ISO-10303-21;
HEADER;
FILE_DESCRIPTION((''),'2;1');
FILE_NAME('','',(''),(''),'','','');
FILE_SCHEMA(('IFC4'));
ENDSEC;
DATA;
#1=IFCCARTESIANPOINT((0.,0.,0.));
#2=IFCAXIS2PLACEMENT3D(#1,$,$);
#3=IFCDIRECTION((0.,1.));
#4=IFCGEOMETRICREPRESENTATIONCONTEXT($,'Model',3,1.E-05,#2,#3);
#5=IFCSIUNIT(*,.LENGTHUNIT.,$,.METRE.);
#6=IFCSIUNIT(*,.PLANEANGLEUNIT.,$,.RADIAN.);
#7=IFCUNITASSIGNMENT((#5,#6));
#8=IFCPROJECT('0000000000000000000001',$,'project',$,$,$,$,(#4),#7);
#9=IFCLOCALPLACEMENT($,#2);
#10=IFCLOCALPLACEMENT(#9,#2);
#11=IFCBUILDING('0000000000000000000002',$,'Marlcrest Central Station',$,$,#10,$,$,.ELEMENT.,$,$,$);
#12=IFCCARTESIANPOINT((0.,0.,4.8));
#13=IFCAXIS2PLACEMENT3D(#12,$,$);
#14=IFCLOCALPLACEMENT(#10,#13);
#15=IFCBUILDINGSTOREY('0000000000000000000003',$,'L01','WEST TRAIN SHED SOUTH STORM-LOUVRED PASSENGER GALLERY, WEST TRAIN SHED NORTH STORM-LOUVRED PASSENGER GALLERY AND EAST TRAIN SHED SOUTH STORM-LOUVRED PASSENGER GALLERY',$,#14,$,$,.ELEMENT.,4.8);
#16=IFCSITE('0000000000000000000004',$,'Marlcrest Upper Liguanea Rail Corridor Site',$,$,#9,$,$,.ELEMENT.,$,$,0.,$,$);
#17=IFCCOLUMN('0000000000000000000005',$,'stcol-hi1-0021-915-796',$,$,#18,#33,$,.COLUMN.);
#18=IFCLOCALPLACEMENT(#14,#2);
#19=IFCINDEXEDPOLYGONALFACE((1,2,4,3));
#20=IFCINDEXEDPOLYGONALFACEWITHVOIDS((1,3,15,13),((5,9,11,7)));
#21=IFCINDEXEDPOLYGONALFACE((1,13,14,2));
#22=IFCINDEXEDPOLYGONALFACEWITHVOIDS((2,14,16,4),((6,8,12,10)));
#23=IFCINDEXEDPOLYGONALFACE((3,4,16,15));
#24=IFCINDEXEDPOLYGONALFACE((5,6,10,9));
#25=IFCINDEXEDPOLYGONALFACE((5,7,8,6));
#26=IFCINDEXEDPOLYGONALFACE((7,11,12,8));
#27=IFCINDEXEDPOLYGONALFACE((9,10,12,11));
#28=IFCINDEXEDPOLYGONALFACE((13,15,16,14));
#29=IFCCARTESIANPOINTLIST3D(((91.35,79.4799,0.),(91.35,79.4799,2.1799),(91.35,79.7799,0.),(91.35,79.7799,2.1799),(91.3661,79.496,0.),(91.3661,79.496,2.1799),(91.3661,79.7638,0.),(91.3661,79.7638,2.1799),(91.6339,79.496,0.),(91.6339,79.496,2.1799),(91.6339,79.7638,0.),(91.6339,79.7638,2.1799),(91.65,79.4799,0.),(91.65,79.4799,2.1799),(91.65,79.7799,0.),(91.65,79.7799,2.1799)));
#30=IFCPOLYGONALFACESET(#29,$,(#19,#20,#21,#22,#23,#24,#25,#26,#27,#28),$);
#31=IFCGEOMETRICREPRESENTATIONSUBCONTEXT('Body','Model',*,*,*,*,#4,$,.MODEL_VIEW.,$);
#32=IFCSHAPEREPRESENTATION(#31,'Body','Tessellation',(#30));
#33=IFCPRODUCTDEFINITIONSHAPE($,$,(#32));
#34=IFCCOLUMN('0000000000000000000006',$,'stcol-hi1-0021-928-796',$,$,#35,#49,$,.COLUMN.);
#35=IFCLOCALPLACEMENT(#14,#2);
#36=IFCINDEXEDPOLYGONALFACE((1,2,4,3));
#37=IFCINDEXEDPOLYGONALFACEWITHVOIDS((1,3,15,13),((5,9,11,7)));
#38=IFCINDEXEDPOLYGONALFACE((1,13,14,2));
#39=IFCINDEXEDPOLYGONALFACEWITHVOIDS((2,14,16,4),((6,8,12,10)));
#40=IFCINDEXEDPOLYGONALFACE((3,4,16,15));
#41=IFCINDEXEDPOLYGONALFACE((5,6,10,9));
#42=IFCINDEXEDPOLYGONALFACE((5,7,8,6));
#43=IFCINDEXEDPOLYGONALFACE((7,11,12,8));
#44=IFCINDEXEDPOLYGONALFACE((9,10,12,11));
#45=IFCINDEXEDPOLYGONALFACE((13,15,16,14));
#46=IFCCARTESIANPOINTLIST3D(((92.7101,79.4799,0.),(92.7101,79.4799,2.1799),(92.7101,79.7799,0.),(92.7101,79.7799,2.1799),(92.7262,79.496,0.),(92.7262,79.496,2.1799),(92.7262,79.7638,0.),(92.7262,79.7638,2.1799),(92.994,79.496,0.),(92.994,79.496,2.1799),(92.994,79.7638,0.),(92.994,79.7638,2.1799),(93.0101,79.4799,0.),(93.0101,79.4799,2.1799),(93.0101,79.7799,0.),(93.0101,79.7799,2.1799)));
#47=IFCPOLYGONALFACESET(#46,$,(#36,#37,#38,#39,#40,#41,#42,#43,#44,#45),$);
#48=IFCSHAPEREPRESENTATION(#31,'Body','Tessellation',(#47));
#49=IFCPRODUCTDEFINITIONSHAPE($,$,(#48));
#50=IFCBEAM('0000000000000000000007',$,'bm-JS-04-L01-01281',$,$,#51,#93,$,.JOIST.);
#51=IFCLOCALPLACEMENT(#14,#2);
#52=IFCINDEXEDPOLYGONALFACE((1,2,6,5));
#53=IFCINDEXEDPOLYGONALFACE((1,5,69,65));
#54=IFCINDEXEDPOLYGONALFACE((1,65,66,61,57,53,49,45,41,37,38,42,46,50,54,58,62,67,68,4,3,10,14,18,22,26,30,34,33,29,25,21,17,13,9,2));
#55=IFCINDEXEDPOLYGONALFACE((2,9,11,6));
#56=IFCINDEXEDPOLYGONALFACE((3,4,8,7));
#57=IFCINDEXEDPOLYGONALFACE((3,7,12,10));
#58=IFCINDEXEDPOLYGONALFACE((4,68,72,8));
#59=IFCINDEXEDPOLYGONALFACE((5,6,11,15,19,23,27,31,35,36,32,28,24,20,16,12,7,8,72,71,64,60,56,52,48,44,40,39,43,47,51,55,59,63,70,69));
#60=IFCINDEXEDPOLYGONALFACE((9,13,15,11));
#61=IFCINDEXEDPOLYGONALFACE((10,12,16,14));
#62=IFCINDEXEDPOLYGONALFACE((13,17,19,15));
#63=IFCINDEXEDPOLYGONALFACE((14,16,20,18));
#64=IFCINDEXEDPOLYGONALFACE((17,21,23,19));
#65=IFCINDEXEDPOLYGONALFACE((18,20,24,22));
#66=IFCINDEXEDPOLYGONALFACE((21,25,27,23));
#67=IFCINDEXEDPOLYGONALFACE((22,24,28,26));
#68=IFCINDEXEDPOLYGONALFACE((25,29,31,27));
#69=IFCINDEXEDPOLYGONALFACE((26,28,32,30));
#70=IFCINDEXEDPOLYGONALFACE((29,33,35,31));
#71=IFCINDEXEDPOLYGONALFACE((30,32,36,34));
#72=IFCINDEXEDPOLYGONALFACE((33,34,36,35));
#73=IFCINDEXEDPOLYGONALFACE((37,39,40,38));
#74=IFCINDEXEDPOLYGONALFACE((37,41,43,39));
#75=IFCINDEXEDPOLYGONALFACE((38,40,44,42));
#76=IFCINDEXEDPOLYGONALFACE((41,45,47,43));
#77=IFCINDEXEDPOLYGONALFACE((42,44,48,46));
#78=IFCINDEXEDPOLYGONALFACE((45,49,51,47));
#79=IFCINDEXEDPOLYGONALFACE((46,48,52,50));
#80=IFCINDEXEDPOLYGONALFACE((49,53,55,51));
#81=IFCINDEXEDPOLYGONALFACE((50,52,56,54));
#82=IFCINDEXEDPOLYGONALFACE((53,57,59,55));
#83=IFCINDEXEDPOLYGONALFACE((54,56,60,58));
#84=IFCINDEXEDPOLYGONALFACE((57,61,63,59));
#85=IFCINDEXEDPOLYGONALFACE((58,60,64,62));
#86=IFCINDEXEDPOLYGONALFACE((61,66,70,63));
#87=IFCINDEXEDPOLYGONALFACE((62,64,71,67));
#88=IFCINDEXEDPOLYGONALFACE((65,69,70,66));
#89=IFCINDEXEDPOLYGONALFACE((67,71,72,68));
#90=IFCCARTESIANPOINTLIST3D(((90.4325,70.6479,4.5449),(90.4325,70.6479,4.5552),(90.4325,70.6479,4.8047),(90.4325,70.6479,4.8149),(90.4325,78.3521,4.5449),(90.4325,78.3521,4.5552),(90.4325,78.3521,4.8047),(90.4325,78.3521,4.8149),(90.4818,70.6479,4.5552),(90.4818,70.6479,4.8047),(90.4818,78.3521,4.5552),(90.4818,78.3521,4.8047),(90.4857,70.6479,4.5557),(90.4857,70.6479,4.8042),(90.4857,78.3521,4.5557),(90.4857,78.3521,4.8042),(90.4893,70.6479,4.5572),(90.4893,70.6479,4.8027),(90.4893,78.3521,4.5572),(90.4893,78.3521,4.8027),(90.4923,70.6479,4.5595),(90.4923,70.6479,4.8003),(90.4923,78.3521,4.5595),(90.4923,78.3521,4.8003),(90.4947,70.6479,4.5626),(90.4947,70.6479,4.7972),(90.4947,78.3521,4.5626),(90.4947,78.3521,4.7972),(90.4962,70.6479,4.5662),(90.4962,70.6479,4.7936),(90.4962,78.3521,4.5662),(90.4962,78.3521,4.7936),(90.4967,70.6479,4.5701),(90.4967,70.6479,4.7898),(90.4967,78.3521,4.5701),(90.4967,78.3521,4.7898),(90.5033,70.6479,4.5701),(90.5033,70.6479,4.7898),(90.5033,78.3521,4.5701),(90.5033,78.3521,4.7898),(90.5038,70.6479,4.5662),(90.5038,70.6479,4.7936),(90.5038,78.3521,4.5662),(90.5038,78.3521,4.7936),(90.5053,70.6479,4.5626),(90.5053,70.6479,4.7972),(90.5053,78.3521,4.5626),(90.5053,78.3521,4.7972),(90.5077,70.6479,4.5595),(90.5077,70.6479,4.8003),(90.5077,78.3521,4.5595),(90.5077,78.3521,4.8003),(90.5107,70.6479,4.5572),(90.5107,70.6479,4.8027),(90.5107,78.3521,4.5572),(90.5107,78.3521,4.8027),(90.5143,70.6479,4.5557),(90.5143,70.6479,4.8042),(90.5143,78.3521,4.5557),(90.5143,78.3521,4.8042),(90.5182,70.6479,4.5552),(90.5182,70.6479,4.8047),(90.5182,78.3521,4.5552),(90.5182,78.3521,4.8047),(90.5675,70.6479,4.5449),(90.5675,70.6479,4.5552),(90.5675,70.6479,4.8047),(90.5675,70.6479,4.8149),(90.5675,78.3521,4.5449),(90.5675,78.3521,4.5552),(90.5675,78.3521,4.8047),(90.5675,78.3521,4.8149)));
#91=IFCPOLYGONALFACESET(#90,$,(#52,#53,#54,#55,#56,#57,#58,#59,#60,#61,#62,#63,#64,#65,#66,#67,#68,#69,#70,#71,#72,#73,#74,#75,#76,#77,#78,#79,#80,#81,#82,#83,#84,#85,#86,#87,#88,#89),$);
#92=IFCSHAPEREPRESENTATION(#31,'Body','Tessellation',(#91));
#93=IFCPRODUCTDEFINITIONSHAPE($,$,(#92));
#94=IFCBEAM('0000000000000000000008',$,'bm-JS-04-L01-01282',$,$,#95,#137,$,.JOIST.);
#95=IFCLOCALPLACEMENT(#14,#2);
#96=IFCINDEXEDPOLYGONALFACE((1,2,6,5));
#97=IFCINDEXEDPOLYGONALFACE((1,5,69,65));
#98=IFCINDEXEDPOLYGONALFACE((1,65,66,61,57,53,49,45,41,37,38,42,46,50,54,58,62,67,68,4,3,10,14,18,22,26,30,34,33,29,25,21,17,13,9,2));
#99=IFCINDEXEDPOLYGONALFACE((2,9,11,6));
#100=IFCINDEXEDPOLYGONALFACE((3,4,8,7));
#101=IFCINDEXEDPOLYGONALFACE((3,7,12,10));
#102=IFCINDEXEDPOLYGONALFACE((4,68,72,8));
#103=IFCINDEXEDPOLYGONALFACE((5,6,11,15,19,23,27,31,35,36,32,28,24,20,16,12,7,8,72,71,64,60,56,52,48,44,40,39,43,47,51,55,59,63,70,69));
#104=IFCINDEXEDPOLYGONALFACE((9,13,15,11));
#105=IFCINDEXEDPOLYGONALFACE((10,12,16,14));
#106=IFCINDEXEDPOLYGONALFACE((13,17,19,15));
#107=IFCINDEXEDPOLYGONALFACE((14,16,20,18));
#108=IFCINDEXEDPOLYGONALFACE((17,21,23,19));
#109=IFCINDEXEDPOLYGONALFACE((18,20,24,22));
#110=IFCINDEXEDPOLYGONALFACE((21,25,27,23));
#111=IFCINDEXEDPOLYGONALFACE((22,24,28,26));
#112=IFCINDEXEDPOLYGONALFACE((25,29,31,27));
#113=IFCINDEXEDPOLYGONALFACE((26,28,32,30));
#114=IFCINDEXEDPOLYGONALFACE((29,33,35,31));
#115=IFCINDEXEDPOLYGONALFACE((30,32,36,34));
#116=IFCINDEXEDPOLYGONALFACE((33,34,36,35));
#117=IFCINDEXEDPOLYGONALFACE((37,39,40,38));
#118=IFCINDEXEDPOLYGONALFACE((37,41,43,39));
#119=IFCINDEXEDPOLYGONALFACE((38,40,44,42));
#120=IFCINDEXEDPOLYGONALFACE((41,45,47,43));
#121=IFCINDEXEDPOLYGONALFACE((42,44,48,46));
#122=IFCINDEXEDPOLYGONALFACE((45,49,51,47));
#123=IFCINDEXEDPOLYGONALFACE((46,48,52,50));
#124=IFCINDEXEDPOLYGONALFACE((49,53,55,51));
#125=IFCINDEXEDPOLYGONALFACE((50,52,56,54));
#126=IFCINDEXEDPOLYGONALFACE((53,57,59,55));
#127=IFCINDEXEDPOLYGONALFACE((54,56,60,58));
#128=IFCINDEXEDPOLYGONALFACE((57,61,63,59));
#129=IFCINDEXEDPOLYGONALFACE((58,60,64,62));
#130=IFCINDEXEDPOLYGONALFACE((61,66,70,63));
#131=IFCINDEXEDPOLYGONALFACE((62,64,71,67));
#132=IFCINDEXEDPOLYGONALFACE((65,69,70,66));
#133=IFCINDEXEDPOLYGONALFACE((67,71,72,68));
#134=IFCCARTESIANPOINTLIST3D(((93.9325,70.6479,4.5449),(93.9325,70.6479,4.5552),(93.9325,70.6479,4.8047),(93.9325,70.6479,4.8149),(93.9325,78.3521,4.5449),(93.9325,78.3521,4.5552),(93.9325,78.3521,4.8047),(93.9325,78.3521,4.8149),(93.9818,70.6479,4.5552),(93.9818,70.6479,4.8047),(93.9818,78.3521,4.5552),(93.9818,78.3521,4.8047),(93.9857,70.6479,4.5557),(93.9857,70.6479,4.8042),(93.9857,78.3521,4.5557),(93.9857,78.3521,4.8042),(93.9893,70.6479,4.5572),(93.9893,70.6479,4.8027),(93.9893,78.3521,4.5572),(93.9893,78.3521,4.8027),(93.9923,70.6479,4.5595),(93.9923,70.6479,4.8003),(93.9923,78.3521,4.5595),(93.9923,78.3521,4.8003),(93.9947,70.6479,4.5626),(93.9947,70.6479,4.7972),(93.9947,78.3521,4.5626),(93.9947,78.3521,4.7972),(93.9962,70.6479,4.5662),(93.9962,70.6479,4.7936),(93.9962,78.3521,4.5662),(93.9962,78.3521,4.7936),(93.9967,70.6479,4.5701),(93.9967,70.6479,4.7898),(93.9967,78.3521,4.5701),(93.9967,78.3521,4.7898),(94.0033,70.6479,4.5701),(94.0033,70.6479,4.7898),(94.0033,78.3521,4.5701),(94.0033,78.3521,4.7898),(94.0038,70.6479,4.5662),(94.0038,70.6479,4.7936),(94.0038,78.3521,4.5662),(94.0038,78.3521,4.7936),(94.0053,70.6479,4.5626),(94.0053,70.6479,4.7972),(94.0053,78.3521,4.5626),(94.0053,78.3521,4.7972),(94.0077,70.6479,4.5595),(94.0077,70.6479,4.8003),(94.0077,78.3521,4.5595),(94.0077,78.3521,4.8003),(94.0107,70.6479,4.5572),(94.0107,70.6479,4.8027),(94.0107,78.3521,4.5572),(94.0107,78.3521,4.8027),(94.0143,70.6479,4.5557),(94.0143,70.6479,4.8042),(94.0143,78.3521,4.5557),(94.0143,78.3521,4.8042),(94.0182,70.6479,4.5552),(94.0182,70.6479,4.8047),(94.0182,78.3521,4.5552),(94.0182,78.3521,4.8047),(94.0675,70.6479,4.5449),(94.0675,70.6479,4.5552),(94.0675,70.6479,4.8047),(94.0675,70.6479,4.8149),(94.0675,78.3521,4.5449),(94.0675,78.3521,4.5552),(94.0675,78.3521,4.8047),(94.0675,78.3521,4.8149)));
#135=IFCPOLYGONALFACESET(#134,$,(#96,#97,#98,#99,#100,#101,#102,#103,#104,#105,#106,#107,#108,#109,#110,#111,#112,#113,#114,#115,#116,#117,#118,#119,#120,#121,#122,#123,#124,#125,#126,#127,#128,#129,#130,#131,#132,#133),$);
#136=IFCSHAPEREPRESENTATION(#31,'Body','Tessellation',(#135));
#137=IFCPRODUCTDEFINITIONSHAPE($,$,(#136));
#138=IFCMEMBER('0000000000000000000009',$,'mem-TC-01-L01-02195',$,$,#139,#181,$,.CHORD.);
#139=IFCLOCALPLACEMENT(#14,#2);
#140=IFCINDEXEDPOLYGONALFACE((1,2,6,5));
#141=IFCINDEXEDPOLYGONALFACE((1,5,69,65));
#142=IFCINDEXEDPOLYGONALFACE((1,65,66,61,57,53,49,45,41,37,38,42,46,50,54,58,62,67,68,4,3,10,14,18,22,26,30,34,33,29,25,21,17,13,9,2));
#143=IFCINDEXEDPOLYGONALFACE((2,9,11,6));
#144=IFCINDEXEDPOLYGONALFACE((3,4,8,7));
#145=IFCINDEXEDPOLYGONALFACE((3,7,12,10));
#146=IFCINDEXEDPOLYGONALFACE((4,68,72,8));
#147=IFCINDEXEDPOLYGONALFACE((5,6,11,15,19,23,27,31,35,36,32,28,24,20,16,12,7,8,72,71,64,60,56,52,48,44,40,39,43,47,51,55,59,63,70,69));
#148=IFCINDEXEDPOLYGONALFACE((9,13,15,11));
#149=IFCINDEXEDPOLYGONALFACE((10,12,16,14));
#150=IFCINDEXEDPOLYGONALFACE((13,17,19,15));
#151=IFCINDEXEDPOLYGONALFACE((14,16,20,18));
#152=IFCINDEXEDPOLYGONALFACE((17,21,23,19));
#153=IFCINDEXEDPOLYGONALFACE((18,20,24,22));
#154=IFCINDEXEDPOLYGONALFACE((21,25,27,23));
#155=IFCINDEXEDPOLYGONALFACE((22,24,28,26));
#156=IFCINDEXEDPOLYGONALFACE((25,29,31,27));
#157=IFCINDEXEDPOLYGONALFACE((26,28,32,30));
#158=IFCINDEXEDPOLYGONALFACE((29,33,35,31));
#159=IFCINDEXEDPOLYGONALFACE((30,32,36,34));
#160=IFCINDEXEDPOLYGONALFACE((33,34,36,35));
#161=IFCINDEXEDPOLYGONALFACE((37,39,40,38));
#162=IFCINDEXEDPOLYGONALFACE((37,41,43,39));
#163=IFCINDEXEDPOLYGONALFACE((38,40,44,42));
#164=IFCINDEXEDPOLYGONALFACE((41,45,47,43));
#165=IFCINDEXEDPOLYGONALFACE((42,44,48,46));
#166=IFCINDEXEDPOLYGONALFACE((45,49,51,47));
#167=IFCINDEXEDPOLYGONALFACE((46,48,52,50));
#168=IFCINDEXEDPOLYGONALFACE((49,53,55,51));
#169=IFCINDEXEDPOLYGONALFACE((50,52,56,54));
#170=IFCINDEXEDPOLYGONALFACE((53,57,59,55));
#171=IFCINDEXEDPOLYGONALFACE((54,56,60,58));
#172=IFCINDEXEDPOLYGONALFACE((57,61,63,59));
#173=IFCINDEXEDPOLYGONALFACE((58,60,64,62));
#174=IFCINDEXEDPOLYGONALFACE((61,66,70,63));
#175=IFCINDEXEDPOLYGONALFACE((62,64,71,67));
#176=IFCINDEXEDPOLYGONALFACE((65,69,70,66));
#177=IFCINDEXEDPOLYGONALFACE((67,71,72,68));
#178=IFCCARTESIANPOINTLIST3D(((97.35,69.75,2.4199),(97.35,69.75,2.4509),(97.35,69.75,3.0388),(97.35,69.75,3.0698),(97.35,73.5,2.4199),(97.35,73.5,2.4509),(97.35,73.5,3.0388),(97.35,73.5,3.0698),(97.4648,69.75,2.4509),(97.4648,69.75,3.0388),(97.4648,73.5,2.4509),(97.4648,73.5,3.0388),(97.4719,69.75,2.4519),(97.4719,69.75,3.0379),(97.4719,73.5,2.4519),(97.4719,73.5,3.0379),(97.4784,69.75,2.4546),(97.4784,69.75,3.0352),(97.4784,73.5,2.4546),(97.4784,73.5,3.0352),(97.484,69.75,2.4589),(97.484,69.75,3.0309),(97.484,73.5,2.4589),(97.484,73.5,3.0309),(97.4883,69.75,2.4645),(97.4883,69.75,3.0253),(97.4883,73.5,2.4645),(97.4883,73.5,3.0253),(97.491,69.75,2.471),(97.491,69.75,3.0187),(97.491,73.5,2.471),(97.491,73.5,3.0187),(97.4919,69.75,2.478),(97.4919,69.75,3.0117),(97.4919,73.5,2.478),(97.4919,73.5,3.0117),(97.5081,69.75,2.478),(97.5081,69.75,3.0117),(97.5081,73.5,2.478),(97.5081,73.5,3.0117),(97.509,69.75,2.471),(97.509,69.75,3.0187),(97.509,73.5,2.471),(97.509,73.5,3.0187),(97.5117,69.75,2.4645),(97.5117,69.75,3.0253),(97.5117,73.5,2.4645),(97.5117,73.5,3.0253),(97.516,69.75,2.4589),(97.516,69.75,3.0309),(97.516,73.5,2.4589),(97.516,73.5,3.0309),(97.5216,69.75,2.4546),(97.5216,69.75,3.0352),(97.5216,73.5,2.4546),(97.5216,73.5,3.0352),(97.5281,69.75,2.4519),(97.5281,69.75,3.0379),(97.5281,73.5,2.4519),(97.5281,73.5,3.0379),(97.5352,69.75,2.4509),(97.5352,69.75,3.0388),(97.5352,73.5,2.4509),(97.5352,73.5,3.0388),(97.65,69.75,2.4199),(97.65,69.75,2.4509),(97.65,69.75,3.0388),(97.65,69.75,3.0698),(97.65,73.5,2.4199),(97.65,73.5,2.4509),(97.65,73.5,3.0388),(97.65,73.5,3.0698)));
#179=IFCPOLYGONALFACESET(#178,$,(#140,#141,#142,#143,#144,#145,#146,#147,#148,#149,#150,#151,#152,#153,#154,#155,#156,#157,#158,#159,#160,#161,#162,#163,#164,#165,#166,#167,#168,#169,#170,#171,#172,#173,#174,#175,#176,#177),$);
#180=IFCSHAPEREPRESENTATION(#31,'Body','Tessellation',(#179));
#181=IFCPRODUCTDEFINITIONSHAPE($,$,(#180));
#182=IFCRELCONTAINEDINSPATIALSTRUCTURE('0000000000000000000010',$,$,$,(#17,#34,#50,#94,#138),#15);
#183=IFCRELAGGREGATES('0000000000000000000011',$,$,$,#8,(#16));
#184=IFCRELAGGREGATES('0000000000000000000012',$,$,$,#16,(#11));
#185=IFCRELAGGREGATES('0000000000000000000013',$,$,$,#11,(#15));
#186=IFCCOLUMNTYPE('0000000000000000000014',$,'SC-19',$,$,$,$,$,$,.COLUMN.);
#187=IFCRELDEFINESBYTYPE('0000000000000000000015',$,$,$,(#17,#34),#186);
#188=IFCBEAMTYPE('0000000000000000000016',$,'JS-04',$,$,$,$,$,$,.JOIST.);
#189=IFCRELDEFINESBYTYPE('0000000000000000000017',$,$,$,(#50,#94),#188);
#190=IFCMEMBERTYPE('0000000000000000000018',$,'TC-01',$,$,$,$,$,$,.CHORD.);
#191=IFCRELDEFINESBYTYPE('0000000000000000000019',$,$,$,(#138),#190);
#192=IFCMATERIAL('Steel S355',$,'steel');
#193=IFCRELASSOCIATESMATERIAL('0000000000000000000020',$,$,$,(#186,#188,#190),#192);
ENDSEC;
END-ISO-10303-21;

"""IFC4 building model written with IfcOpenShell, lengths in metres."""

from ifc_helpers import new_model, si_unit, direction, frame, origin, origin_2d, place, context, subcontext, project, spatial, hollow_rectangle, i_section, extrude, material, material_profile, profile_set, type_object, element, save


model = new_model("IFC4")

# Units and contexts
model_context = context("Model", 3, precision=1e-05, world=origin(), true_north=direction((0.0, 1.0)))
body_context = subcontext(model_context, "Body", "Model", "MODEL_VIEW")
ifc_project = project(units=[si_unit("LENGTHUNIT", "METRE"), si_unit("PLANEANGLEUNIT", "RADIAN")], contexts=[model_context])

# Site, building, storey
site_placement = place(None, origin())
site = spatial("IfcSite", under=ifc_project, at=site_placement, Name="Marlcrest Upper Liguanea Rail Corridor Site", CompositionType="ELEMENT", RefElevation=0.0)
building_placement = place(site_placement, origin())
building = spatial("IfcBuilding", under=site, at=building_placement, Name="Marlcrest Central Station", CompositionType="ELEMENT")
storey_placement = place(building_placement, frame((0.0, 0.0, 4.8)))
storey = spatial("IfcBuildingStorey", under=building, at=storey_placement, Name="L01", Description="WEST TRAIN SHED SOUTH STORM-LOUVRED PASSENGER GALLERY, WEST TRAIN SHED NORTH STORM-LOUVRED PASSENGER GALLERY AND EAST TRAIN SHED SOUTH STORM-LOUVRED PASSENGER GALLERY", CompositionType="ELEMENT", Elevation=4.8)

# Columns
ifc_material_1 = material(Name="Steel S355", Category="steel")
ifc_material_profile_1 = material_profile(ifc_material_1, hollow_rectangle(XDim=0.3, YDim=0.3, WallThickness=0.0161, at=origin_2d()), Name="SHS 300x300x16")
ifc_profile_set_1 = profile_set([ifc_material_profile_1], Name="Steel S355")
column_type = type_object("IfcColumnType", Name="SC-19", PredefinedType="COLUMN", material=ifc_profile_set_1)
for number, where, z_axis, x_axis, name in (
    (1, (91.5, 79.6299, 0.0), (0.0, 0.0, 1.0), (1.0, 0.0, 0.0), "stcol-hi1-0021-915-796"),
    (2, (92.8601, 79.6299, 0.0), (0.0, 0.0, 1.0), (1.0, 0.0, 0.0), "stcol-hi1-0021-928-796"),
):
    element("IfcColumn", number, at=place(storey_placement, frame(where, z_axis=z_axis, x_axis=x_axis)), inside=storey, type_object=column_type, Name=name, PredefinedType="COLUMN", context=body_context, shape_type="SweptSolid", body=[
        extrude(hollow_rectangle(XDim=0.3, YDim=0.3, WallThickness=0.0161, at=origin_2d()), origin(), (0.0, 0.0, 1.0), 2.1799),
    ])

# Beams
ifc_material_profile_2 = material_profile(ifc_material_1, i_section(OverallWidth=0.135, OverallDepth=0.27, WebThickness=0.0066, FlangeThickness=0.0103, FilletRadius=0.0149, at=origin_2d()), Name="IPE 270")
ifc_profile_set_2 = profile_set([ifc_material_profile_2], Name="Steel S355")
beam_type = type_object("IfcBeamType", Name="JS-04", PredefinedType="JOIST", material=ifc_profile_set_2)
for number, where, z_axis, x_axis, name in (
    (3, (90.5, 70.6479, 4.6799), (0.0, 1.0, 0.0), (-1.0, 0.0, 0.0), "bm-JS-04-L01-01281"),
    (4, (94.0, 70.6479, 4.6799), (0.0, 1.0, 0.0), (-1.0, 0.0, 0.0), "bm-JS-04-L01-01282"),
):
    element("IfcBeam", number, at=place(storey_placement, frame(where, z_axis=z_axis, x_axis=x_axis)), inside=storey, type_object=beam_type, Name=name, PredefinedType="JOIST", context=body_context, shape_type="SweptSolid", body=[
        extrude(i_section(OverallWidth=0.135, OverallDepth=0.27, WebThickness=0.0066, FlangeThickness=0.0103, FilletRadius=0.0149, at=origin_2d()), origin(), (0.0, 0.0, 1.0), 7.7041),
    ])

# Member
ifc_material_profile_3 = material_profile(ifc_material_1, i_section(OverallWidth=0.3, OverallDepth=0.6499, WebThickness=0.0161, FlangeThickness=0.031, FilletRadius=0.0271, at=origin_2d()), Name="HEB 650")
ifc_profile_set_3 = profile_set([ifc_material_profile_3], Name="Steel S355")
member_type_1 = type_object("IfcMemberType", Name="TC-01", PredefinedType="CHORD", material=ifc_profile_set_3)
member_1_placement = place(storey_placement, frame((97.5, 69.75, 2.7449), z_axis=(0.0, 1.0, 0.0), x_axis=(-1.0, 0.0, 0.0)))
element("IfcMember", 5, at=member_1_placement, inside=storey, type_object=member_type_1, Name="mem-TC-01-L01-02195", PredefinedType="CHORD", context=body_context, shape_type="SweptSolid", body=[
    extrude(i_section(OverallWidth=0.3, OverallDepth=0.6499, WebThickness=0.0161, FlangeThickness=0.031, FilletRadius=0.0271, at=origin_2d()), origin(), (0.0, 0.0, 1.0), 3.75),
])

save(model, "model.ifc")
